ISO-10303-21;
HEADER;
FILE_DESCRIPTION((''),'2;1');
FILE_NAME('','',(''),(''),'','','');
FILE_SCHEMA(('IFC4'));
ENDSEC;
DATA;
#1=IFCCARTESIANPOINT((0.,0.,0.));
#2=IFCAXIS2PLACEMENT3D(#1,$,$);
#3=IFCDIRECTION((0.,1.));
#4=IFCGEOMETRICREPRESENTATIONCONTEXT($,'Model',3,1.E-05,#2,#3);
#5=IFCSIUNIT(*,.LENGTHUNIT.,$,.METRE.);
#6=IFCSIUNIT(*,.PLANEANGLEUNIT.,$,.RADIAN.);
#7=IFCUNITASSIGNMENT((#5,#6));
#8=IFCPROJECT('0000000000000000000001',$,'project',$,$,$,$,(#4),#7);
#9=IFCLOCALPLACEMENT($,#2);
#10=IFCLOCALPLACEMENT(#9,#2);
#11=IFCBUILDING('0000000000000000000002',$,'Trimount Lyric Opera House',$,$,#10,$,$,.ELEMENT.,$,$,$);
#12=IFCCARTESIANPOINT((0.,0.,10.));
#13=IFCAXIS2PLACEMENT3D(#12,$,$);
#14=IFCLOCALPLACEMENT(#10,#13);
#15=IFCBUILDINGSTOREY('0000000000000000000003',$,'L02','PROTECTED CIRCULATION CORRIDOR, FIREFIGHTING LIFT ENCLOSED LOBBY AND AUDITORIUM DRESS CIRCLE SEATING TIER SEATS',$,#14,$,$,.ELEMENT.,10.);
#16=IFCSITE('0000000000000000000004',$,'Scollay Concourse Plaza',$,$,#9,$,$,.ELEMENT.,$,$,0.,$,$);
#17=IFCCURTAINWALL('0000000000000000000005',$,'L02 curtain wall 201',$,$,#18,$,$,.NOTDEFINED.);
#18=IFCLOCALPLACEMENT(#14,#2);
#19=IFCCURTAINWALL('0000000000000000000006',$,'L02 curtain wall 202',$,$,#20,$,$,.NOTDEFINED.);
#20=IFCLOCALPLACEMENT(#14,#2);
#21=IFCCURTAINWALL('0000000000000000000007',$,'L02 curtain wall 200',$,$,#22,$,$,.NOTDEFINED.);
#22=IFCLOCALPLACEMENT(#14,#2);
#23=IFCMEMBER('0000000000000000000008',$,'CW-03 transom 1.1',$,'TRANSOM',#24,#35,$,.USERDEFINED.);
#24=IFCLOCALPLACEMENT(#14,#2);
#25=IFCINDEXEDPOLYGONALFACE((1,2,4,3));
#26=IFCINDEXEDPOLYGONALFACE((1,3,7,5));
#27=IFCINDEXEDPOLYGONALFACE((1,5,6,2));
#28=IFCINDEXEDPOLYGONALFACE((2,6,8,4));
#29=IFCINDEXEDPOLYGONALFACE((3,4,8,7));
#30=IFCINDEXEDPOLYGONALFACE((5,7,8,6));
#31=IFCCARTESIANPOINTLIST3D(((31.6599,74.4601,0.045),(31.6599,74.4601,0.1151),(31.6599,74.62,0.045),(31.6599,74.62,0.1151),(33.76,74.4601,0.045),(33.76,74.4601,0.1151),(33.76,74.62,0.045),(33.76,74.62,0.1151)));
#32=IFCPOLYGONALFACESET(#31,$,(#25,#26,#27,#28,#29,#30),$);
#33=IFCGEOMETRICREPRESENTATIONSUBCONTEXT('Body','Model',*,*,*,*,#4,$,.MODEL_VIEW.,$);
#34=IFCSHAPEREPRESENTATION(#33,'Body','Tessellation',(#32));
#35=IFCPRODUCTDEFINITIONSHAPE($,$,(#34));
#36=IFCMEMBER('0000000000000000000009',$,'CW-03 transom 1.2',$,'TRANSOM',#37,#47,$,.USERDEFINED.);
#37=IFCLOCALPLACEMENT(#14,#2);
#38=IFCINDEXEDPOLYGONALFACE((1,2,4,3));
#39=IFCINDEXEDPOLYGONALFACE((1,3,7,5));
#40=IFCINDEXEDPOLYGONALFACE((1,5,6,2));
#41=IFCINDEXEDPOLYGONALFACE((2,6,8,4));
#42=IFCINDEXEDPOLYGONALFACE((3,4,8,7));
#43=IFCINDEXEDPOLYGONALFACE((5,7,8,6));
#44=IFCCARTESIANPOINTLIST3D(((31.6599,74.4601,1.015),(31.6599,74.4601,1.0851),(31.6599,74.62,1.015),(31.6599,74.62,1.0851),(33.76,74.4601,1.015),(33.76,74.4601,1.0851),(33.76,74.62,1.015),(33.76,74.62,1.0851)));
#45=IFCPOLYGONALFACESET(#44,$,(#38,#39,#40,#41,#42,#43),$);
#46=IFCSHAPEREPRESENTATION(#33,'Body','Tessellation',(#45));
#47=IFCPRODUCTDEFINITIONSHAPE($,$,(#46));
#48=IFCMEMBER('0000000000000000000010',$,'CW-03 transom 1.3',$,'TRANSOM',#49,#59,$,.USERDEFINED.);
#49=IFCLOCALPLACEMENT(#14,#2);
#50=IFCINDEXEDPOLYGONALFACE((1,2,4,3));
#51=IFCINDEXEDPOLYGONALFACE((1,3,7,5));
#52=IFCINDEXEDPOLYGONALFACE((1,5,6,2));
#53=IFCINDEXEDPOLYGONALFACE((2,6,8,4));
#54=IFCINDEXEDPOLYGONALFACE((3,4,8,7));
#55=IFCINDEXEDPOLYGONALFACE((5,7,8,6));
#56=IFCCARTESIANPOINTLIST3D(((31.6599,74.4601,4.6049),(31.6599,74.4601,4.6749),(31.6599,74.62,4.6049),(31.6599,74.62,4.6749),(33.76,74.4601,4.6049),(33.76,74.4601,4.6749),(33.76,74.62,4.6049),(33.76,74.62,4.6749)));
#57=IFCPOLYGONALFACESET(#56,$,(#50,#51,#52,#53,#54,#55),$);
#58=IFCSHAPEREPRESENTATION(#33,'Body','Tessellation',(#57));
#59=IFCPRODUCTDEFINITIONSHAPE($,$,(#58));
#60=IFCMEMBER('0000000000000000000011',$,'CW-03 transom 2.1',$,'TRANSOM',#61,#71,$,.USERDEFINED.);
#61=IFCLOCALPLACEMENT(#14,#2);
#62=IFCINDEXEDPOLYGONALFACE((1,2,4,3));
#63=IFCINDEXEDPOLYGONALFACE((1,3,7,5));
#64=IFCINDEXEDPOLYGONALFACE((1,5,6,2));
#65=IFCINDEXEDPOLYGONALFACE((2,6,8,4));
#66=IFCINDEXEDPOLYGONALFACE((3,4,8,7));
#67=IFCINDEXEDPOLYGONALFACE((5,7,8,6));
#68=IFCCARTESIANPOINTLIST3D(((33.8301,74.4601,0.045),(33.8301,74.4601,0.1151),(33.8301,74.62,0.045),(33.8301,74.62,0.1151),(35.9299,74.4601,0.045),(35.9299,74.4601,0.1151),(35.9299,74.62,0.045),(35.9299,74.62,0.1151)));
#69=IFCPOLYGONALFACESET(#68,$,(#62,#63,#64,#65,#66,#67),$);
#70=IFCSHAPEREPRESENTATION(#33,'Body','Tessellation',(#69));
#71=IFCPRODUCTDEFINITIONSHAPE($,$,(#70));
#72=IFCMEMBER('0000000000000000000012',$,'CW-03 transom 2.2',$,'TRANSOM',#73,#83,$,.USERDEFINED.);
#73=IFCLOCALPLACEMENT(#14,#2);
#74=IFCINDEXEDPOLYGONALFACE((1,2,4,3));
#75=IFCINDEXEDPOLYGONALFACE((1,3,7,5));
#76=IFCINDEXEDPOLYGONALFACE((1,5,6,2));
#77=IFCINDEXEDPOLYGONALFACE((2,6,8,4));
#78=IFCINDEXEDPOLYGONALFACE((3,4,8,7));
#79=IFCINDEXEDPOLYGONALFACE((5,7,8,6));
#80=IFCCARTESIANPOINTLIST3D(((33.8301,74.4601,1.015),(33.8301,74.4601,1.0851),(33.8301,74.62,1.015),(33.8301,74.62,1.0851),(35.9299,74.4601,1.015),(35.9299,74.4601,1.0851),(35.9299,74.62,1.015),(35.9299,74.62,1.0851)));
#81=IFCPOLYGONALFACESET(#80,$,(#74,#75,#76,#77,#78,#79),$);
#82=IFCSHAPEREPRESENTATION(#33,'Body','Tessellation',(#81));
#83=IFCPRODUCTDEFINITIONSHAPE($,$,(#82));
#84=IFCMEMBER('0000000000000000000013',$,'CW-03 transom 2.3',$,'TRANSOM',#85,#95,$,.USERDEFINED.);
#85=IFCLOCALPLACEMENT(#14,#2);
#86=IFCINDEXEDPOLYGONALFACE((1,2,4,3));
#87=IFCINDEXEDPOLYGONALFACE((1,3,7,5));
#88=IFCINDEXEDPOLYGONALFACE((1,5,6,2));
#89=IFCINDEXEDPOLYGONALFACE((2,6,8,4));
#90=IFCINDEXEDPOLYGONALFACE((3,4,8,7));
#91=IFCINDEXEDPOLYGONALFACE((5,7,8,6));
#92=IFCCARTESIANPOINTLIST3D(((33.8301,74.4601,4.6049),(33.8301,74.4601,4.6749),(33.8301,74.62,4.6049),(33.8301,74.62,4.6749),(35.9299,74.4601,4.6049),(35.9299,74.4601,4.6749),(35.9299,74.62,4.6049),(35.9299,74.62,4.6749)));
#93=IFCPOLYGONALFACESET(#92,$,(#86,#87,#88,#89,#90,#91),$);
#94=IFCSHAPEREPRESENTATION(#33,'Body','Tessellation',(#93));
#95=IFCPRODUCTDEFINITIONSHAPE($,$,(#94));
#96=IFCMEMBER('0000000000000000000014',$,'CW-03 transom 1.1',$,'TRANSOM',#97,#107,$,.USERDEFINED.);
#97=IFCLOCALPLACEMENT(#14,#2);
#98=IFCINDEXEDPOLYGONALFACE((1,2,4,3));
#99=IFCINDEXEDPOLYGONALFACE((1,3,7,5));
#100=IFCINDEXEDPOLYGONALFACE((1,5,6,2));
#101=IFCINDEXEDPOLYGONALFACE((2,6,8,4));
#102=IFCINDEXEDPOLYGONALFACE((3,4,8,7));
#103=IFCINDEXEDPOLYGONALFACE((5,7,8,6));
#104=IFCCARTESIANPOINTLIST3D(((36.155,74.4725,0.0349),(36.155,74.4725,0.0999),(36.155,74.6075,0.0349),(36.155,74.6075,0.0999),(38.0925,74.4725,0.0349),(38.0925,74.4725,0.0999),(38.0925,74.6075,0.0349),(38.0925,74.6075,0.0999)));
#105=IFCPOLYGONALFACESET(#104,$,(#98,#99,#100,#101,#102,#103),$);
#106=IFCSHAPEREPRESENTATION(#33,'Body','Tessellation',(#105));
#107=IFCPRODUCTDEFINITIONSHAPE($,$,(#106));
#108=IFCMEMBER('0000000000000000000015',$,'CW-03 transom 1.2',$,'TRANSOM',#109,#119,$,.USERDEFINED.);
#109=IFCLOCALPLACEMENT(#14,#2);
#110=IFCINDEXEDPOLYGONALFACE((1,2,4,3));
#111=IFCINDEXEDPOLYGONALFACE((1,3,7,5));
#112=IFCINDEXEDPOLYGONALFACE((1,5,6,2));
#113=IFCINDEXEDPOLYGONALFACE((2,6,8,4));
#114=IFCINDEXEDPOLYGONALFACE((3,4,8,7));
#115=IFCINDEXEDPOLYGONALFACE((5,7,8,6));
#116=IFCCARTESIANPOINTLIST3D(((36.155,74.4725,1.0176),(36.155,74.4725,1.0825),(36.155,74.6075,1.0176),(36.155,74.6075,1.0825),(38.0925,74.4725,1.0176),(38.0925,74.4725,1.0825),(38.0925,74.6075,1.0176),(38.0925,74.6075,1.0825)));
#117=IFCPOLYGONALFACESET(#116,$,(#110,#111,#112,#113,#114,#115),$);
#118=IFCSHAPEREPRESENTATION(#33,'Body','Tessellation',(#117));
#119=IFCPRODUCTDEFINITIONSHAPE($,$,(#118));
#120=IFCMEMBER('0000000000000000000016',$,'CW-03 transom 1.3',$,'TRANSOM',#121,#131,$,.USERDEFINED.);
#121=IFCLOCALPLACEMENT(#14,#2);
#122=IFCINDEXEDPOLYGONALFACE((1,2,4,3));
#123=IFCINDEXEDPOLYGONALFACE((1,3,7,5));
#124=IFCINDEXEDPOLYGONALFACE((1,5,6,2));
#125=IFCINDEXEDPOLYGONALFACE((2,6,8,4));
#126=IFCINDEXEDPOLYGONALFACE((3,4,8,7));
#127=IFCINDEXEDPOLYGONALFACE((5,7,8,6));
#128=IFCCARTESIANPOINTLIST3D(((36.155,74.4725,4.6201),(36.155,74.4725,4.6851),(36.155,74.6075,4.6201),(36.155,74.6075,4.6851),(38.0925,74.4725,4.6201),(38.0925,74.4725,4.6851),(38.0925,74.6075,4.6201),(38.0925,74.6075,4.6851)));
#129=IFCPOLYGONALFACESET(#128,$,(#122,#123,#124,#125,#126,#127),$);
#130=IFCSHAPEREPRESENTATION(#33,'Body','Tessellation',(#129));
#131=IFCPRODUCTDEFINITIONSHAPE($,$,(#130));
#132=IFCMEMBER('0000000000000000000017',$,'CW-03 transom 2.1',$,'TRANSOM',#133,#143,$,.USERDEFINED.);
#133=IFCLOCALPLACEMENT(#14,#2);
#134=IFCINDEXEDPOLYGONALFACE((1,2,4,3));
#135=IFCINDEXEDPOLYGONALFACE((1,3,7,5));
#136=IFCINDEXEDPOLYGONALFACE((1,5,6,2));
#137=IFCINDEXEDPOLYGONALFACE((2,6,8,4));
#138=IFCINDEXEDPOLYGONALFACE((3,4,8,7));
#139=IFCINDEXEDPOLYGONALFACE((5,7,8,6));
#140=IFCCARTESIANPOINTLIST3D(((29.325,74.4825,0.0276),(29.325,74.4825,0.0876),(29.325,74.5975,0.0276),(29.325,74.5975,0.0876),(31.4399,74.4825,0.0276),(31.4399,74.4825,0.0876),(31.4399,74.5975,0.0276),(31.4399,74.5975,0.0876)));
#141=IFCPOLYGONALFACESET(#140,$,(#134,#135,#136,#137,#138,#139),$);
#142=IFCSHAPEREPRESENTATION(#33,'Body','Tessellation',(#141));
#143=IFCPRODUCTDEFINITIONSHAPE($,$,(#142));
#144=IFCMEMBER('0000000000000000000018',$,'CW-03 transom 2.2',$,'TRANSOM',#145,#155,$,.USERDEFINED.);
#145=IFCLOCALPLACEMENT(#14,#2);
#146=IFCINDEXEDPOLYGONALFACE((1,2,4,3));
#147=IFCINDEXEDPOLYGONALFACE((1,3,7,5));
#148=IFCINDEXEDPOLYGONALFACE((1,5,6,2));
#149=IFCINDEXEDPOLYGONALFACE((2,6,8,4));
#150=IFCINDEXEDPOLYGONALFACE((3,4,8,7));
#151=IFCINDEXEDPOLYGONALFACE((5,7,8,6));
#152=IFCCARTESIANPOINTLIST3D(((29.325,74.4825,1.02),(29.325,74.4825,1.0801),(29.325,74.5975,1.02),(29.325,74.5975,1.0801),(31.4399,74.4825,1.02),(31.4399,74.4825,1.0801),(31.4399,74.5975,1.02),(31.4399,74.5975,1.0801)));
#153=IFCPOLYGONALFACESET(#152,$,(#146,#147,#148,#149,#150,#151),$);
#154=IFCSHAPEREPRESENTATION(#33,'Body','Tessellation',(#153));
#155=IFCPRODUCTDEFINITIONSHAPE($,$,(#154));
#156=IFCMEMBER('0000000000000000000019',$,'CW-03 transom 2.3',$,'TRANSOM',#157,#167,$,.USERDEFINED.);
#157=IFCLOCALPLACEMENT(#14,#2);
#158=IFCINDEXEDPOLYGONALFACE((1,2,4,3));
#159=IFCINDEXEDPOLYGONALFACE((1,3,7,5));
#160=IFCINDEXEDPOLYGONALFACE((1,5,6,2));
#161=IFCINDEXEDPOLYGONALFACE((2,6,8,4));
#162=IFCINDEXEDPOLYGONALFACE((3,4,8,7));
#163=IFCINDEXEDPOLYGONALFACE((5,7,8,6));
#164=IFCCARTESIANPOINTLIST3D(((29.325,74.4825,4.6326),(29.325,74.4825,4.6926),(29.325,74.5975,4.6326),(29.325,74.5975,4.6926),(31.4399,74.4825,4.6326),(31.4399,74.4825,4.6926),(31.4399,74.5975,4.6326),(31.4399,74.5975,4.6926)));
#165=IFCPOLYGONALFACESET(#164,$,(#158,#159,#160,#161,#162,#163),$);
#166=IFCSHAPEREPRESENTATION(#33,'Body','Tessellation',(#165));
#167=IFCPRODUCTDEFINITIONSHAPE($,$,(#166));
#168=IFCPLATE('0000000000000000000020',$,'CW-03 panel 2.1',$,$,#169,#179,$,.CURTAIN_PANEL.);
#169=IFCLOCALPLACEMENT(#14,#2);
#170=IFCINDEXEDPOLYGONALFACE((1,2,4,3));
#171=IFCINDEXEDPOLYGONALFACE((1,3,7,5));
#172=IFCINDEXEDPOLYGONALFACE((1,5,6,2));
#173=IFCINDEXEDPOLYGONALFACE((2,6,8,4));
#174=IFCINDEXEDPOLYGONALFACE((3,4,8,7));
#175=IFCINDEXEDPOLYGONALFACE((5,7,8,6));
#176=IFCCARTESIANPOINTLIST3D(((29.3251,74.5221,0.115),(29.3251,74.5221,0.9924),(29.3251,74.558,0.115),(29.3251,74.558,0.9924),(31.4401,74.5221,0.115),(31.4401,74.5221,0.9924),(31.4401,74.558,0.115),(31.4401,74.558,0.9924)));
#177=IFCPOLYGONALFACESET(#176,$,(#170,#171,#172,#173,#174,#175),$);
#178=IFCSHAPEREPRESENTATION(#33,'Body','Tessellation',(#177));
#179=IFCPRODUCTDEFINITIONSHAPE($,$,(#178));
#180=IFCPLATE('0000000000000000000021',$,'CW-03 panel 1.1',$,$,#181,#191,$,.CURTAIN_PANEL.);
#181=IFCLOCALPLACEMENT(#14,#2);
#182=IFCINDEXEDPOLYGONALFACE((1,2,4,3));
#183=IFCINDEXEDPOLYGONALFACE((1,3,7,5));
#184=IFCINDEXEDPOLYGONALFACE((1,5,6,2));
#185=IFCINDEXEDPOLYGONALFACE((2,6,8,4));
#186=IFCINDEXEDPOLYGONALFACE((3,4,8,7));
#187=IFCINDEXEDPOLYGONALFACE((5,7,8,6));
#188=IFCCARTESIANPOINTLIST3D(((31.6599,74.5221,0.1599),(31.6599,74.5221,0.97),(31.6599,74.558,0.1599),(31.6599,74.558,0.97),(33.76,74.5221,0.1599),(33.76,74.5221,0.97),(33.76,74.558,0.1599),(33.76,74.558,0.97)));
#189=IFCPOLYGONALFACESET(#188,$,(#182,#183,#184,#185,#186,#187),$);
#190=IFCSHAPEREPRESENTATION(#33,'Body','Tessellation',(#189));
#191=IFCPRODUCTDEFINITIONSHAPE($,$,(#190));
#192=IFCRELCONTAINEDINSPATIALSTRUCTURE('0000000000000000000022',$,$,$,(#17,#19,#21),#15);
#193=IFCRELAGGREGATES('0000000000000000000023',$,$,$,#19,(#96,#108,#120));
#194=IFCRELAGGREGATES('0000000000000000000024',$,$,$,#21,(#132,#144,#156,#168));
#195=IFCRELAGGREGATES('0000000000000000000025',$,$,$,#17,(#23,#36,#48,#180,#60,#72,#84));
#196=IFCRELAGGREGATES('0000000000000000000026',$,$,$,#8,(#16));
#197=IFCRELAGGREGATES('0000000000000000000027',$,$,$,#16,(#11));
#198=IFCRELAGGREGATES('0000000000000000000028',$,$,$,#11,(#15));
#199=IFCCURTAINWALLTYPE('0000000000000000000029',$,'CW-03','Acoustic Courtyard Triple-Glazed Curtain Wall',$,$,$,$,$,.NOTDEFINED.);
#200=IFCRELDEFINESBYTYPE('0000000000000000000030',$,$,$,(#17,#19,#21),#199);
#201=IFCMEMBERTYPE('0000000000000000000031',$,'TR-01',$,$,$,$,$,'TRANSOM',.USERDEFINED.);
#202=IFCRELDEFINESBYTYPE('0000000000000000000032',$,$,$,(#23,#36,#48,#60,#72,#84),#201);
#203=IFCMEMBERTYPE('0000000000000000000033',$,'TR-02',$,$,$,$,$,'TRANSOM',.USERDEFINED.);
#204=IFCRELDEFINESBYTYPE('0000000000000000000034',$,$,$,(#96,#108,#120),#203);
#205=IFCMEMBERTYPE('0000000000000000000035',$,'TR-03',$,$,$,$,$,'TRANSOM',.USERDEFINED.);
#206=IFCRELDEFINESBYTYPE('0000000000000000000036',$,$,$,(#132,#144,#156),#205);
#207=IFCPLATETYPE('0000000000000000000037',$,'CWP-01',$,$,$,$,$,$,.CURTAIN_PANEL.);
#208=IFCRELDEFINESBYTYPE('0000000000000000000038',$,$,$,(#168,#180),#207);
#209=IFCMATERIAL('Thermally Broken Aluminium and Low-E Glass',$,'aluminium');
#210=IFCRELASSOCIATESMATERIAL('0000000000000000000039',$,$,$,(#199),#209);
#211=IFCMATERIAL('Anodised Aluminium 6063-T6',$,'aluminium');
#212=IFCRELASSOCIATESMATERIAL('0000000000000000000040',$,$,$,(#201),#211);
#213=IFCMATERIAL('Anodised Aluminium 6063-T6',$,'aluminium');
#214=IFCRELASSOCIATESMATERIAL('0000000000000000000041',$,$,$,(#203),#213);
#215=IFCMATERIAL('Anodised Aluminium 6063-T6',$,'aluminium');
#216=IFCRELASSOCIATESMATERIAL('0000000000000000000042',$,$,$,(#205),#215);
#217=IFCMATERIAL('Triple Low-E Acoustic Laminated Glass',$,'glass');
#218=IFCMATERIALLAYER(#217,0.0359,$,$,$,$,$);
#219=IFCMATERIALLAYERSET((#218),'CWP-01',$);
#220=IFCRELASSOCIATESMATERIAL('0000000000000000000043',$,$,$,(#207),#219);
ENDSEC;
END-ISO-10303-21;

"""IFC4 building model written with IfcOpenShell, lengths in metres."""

from ifc_helpers import new_model, si_unit, direction, frame, origin, origin_2d, place, context, subcontext, project, spatial, rectangle, extrude, material, layer, layer_set, material_profile, profile_set, type_object, element, aggregate, save


model = new_model("IFC4")

# Units and contexts
model_context = context("Model", 3, precision=1e-05, world=origin(), true_north=direction((0.0, 1.0)))
body_context = subcontext(model_context, "Body", "Model", "MODEL_VIEW")
ifc_project = project(units=[si_unit("LENGTHUNIT", "METRE"), si_unit("PLANEANGLEUNIT", "RADIAN")], contexts=[model_context])

# Site, building, storey
site_placement = place(None, origin())
site = spatial("IfcSite", under=ifc_project, at=site_placement, Name="Scollay Concourse Plaza", CompositionType="ELEMENT", RefElevation=0.0)
building_placement = place(site_placement, origin())
building = spatial("IfcBuilding", under=site, at=building_placement, Name="Trimount Lyric Opera House", CompositionType="ELEMENT")
storey_placement = place(building_placement, frame((0.0, 0.0, 10.0)))
storey = spatial("IfcBuildingStorey", under=building, at=storey_placement, Name="L02", Description="PROTECTED CIRCULATION CORRIDOR, FIREFIGHTING LIFT ENCLOSED LOBBY AND AUDITORIUM DRESS CIRCLE SEATING TIER SEATS", CompositionType="ELEMENT", Elevation=10.0)

# Curtain wall
ifc_material_1 = material(Name="Thermally Broken Aluminium and Low-E Glass", Category="aluminium")
curtain_wall_type = type_object("IfcCurtainWallType", Name="CW-03", Description="Acoustic Courtyard Triple-Glazed Curtain Wall", PredefinedType="NOTDEFINED", material=ifc_material_1)
curtain_wall_1_placement = place(storey_placement, origin())
curtain_wall_1 = element("IfcCurtainWall", 1, at=curtain_wall_1_placement, inside=storey, type_object=curtain_wall_type, Name="L02 curtain wall 201", PredefinedType="NOTDEFINED")

# Curtain wall
curtain_wall_2_placement = place(storey_placement, origin())
curtain_wall_2 = element("IfcCurtainWall", 2, at=curtain_wall_2_placement, inside=storey, type_object=curtain_wall_type, Name="L02 curtain wall 202", PredefinedType="NOTDEFINED")

# Curtain wall
curtain_wall_3_placement = place(storey_placement, origin())
curtain_wall_3 = element("IfcCurtainWall", 3, at=curtain_wall_3_placement, inside=storey, type_object=curtain_wall_type, Name="L02 curtain wall 200", PredefinedType="NOTDEFINED")

# Members
ifc_material_2 = material(Name="Anodised Aluminium 6063-T6", Category="aluminium")
ifc_material_profile_1 = material_profile(ifc_material_2, rectangle(XDim=0.1599, YDim=0.0701, at=origin_2d()), Name="ALU-TRAN-70X160")
ifc_profile_set_1 = profile_set([ifc_material_profile_1], Name="Anodised Aluminium 6063-T6")
member_type_1 = type_object("IfcMemberType", Name="TR-01", ElementType="TRANSOM", PredefinedType="USERDEFINED", material=ifc_profile_set_1)
member_1_placement = place(storey_placement, frame((31.6599, 74.54, 0.0801), z_axis=(1.0, 0.0, 0.0), x_axis=(0.0, 1.0, 0.0)))
member_1 = element("IfcMember", 4, at=member_1_placement, type_object=member_type_1, Name="CW-03 transom 1.1", ObjectType="TRANSOM", PredefinedType="USERDEFINED", context=body_context, shape_type="SweptSolid", body=[
    extrude(rectangle(XDim=0.1599, YDim=0.0701, at=origin_2d()), origin(), (0.0, 0.0, 1.0), 2.1001),
])
member_2_placement = place(storey_placement, frame((31.6599, 74.54, 1.05), z_axis=(1.0, 0.0, 0.0), x_axis=(0.0, 1.0, 0.0)))
member_2 = element("IfcMember", 5, at=member_2_placement, type_object=member_type_1, Name="CW-03 transom 1.2", ObjectType="TRANSOM", PredefinedType="USERDEFINED", context=body_context, shape_type="SweptSolid", body=[
    extrude(rectangle(XDim=0.1599, YDim=0.0701, at=origin_2d()), origin(), (0.0, 0.0, 1.0), 2.1001),
])
member_3_placement = place(storey_placement, frame((31.6599, 74.54, 4.6399), z_axis=(1.0, 0.0, 0.0), x_axis=(0.0, 1.0, 0.0)))
member_3 = element("IfcMember", 6, at=member_3_placement, type_object=member_type_1, Name="CW-03 transom 1.3", ObjectType="TRANSOM", PredefinedType="USERDEFINED", context=body_context, shape_type="SweptSolid", body=[
    extrude(rectangle(XDim=0.1599, YDim=0.0701, at=origin_2d()), origin(), (0.0, 0.0, 1.0), 2.1001),
])
member_4_placement = place(storey_placement, frame((33.8301, 74.54, 0.0801), z_axis=(1.0, 0.0, 0.0), x_axis=(0.0, 1.0, 0.0)))
member_4 = element("IfcMember", 7, at=member_4_placement, type_object=member_type_1, Name="CW-03 transom 2.1", ObjectType="TRANSOM", PredefinedType="USERDEFINED", context=body_context, shape_type="SweptSolid", body=[
    extrude(rectangle(XDim=0.1599, YDim=0.0701, at=origin_2d()), origin(), (0.0, 0.0, 1.0), 2.0999),
])
member_5_placement = place(storey_placement, frame((33.8301, 74.54, 1.05), z_axis=(1.0, 0.0, 0.0), x_axis=(0.0, 1.0, 0.0)))
member_5 = element("IfcMember", 8, at=member_5_placement, type_object=member_type_1, Name="CW-03 transom 2.2", ObjectType="TRANSOM", PredefinedType="USERDEFINED", context=body_context, shape_type="SweptSolid", body=[
    extrude(rectangle(XDim=0.1599, YDim=0.0701, at=origin_2d()), origin(), (0.0, 0.0, 1.0), 2.0999),
])
member_6_placement = place(storey_placement, frame((33.8301, 74.54, 4.6399), z_axis=(1.0, 0.0, 0.0), x_axis=(0.0, 1.0, 0.0)))
member_6 = element("IfcMember", 9, at=member_6_placement, type_object=member_type_1, Name="CW-03 transom 2.3", ObjectType="TRANSOM", PredefinedType="USERDEFINED", context=body_context, shape_type="SweptSolid", body=[
    extrude(rectangle(XDim=0.1599, YDim=0.0701, at=origin_2d()), origin(), (0.0, 0.0, 1.0), 2.0999),
])
ifc_material_3 = material(Name="Anodised Aluminium 6063-T6", Category="aluminium")
ifc_material_profile_2 = material_profile(ifc_material_3, rectangle(XDim=0.135, YDim=0.0649, at=origin_2d()), Name="ALU-TRAN-65X135")
ifc_profile_set_2 = profile_set([ifc_material_profile_2], Name="Anodised Aluminium 6063-T6")
member_type_2 = type_object("IfcMemberType", Name="TR-02", ElementType="TRANSOM", PredefinedType="USERDEFINED", material=ifc_profile_set_2)
member_7_placement = place(storey_placement, frame((36.155, 74.54, 0.0674), z_axis=(1.0, 0.0, 0.0), x_axis=(0.0, 1.0, 0.0)))
member_7 = element("IfcMember", 10, at=member_7_placement, type_object=member_type_2, Name="CW-03 transom 1.1", ObjectType="TRANSOM", PredefinedType="USERDEFINED", context=body_context, shape_type="SweptSolid", body=[
    extrude(rectangle(XDim=0.135, YDim=0.0649, at=origin_2d()), origin(), (0.0, 0.0, 1.0), 1.9375),
])
member_8_placement = place(storey_placement, frame((36.155, 74.54, 1.05), z_axis=(1.0, 0.0, 0.0), x_axis=(0.0, 1.0, 0.0)))
member_8 = element("IfcMember", 11, at=member_8_placement, type_object=member_type_2, Name="CW-03 transom 1.2", ObjectType="TRANSOM", PredefinedType="USERDEFINED", context=body_context, shape_type="SweptSolid", body=[
    extrude(rectangle(XDim=0.135, YDim=0.0649, at=origin_2d()), origin(), (0.0, 0.0, 1.0), 1.9375),
])
member_9_placement = place(storey_placement, frame((36.155, 74.54, 4.6526), z_axis=(1.0, 0.0, 0.0), x_axis=(0.0, 1.0, 0.0)))
member_9 = element("IfcMember", 12, at=member_9_placement, type_object=member_type_2, Name="CW-03 transom 1.3", ObjectType="TRANSOM", PredefinedType="USERDEFINED", context=body_context, shape_type="SweptSolid", body=[
    extrude(rectangle(XDim=0.135, YDim=0.0649, at=origin_2d()), origin(), (0.0, 0.0, 1.0), 1.9375),
])
ifc_material_4 = material(Name="Anodised Aluminium 6063-T6", Category="aluminium")
ifc_material_profile_3 = material_profile(ifc_material_4, rectangle(XDim=0.115, YDim=0.0601, at=origin_2d()), Name="ALU-TRAN-60X115")
ifc_profile_set_3 = profile_set([ifc_material_profile_3], Name="Anodised Aluminium 6063-T6")
member_type_3 = type_object("IfcMemberType", Name="TR-03", ElementType="TRANSOM", PredefinedType="USERDEFINED", material=ifc_profile_set_3)
member_10_placement = place(storey_placement, frame((29.325, 74.54, 0.0576), z_axis=(1.0, 0.0, 0.0), x_axis=(0.0, 1.0, 0.0)))
member_10 = element("IfcMember", 13, at=member_10_placement, type_object=member_type_3, Name="CW-03 transom 2.1", ObjectType="TRANSOM", PredefinedType="USERDEFINED", context=body_context, shape_type="SweptSolid", body=[
    extrude(rectangle(XDim=0.115, YDim=0.0601, at=origin_2d()), origin(), (0.0, 0.0, 1.0), 2.115),
])
member_11_placement = place(storey_placement, frame((29.325, 74.54, 1.05), z_axis=(1.0, 0.0, 0.0), x_axis=(0.0, 1.0, 0.0)))
member_11 = element("IfcMember", 14, at=member_11_placement, type_object=member_type_3, Name="CW-03 transom 2.2", ObjectType="TRANSOM", PredefinedType="USERDEFINED", context=body_context, shape_type="SweptSolid", body=[
    extrude(rectangle(XDim=0.115, YDim=0.0601, at=origin_2d()), origin(), (0.0, 0.0, 1.0), 2.115),
])
member_12_placement = place(storey_placement, frame((29.325, 74.54, 4.6626), z_axis=(1.0, 0.0, 0.0), x_axis=(0.0, 1.0, 0.0)))
member_12 = element("IfcMember", 15, at=member_12_placement, type_object=member_type_3, Name="CW-03 transom 2.3", ObjectType="TRANSOM", PredefinedType="USERDEFINED", context=body_context, shape_type="SweptSolid", body=[
    extrude(rectangle(XDim=0.115, YDim=0.0601, at=origin_2d()), origin(), (0.0, 0.0, 1.0), 2.115),
])

# Plates
ifc_material_5 = material(Name="Triple Low-E Acoustic Laminated Glass", Category="glass")
ifc_layer_1 = layer(ifc_material_5, 0.0359)
ifc_layer_set_1 = layer_set([ifc_layer_1], Name="CWP-01")
plate_type_1 = type_object("IfcPlateType", Name="CWP-01", PredefinedType="CURTAIN_PANEL", material=ifc_layer_set_1)
plate_1_placement = place(storey_placement, frame((30.3826, 74.54, 0.115), z_axis=(0.0, 0.0, 1.0), x_axis=(1.0, 0.0, 0.0)))
plate_1 = element("IfcPlate", 16, at=plate_1_placement, type_object=plate_type_1, Name="CW-03 panel 2.1", PredefinedType="CURTAIN_PANEL", context=body_context, shape_type="SweptSolid", body=[
    extrude(rectangle(XDim=2.115, YDim=0.0359, at=origin_2d()), origin(), (0.0, 0.0, 1.0), 0.8774),
])
plate_2_placement = place(storey_placement, frame((32.71, 74.54, 0.1599), z_axis=(0.0, 0.0, 1.0), x_axis=(1.0, 0.0, 0.0)))
plate_2 = element("IfcPlate", 17, at=plate_2_placement, type_object=plate_type_1, Name="CW-03 panel 1.1", PredefinedType="CURTAIN_PANEL", context=body_context, shape_type="SweptSolid", body=[
    extrude(rectangle(XDim=2.1001, YDim=0.0359, at=origin_2d()), origin(), (0.0, 0.0, 1.0), 0.8101),
])
aggregate(curtain_wall_2, [member_7, member_8, member_9])
aggregate(curtain_wall_3, [member_10, member_11, member_12, plate_1])
aggregate(curtain_wall_1, [member_1, member_2, member_3, plate_2, member_4, member_5, member_6])

save(model, "model.ifc")
